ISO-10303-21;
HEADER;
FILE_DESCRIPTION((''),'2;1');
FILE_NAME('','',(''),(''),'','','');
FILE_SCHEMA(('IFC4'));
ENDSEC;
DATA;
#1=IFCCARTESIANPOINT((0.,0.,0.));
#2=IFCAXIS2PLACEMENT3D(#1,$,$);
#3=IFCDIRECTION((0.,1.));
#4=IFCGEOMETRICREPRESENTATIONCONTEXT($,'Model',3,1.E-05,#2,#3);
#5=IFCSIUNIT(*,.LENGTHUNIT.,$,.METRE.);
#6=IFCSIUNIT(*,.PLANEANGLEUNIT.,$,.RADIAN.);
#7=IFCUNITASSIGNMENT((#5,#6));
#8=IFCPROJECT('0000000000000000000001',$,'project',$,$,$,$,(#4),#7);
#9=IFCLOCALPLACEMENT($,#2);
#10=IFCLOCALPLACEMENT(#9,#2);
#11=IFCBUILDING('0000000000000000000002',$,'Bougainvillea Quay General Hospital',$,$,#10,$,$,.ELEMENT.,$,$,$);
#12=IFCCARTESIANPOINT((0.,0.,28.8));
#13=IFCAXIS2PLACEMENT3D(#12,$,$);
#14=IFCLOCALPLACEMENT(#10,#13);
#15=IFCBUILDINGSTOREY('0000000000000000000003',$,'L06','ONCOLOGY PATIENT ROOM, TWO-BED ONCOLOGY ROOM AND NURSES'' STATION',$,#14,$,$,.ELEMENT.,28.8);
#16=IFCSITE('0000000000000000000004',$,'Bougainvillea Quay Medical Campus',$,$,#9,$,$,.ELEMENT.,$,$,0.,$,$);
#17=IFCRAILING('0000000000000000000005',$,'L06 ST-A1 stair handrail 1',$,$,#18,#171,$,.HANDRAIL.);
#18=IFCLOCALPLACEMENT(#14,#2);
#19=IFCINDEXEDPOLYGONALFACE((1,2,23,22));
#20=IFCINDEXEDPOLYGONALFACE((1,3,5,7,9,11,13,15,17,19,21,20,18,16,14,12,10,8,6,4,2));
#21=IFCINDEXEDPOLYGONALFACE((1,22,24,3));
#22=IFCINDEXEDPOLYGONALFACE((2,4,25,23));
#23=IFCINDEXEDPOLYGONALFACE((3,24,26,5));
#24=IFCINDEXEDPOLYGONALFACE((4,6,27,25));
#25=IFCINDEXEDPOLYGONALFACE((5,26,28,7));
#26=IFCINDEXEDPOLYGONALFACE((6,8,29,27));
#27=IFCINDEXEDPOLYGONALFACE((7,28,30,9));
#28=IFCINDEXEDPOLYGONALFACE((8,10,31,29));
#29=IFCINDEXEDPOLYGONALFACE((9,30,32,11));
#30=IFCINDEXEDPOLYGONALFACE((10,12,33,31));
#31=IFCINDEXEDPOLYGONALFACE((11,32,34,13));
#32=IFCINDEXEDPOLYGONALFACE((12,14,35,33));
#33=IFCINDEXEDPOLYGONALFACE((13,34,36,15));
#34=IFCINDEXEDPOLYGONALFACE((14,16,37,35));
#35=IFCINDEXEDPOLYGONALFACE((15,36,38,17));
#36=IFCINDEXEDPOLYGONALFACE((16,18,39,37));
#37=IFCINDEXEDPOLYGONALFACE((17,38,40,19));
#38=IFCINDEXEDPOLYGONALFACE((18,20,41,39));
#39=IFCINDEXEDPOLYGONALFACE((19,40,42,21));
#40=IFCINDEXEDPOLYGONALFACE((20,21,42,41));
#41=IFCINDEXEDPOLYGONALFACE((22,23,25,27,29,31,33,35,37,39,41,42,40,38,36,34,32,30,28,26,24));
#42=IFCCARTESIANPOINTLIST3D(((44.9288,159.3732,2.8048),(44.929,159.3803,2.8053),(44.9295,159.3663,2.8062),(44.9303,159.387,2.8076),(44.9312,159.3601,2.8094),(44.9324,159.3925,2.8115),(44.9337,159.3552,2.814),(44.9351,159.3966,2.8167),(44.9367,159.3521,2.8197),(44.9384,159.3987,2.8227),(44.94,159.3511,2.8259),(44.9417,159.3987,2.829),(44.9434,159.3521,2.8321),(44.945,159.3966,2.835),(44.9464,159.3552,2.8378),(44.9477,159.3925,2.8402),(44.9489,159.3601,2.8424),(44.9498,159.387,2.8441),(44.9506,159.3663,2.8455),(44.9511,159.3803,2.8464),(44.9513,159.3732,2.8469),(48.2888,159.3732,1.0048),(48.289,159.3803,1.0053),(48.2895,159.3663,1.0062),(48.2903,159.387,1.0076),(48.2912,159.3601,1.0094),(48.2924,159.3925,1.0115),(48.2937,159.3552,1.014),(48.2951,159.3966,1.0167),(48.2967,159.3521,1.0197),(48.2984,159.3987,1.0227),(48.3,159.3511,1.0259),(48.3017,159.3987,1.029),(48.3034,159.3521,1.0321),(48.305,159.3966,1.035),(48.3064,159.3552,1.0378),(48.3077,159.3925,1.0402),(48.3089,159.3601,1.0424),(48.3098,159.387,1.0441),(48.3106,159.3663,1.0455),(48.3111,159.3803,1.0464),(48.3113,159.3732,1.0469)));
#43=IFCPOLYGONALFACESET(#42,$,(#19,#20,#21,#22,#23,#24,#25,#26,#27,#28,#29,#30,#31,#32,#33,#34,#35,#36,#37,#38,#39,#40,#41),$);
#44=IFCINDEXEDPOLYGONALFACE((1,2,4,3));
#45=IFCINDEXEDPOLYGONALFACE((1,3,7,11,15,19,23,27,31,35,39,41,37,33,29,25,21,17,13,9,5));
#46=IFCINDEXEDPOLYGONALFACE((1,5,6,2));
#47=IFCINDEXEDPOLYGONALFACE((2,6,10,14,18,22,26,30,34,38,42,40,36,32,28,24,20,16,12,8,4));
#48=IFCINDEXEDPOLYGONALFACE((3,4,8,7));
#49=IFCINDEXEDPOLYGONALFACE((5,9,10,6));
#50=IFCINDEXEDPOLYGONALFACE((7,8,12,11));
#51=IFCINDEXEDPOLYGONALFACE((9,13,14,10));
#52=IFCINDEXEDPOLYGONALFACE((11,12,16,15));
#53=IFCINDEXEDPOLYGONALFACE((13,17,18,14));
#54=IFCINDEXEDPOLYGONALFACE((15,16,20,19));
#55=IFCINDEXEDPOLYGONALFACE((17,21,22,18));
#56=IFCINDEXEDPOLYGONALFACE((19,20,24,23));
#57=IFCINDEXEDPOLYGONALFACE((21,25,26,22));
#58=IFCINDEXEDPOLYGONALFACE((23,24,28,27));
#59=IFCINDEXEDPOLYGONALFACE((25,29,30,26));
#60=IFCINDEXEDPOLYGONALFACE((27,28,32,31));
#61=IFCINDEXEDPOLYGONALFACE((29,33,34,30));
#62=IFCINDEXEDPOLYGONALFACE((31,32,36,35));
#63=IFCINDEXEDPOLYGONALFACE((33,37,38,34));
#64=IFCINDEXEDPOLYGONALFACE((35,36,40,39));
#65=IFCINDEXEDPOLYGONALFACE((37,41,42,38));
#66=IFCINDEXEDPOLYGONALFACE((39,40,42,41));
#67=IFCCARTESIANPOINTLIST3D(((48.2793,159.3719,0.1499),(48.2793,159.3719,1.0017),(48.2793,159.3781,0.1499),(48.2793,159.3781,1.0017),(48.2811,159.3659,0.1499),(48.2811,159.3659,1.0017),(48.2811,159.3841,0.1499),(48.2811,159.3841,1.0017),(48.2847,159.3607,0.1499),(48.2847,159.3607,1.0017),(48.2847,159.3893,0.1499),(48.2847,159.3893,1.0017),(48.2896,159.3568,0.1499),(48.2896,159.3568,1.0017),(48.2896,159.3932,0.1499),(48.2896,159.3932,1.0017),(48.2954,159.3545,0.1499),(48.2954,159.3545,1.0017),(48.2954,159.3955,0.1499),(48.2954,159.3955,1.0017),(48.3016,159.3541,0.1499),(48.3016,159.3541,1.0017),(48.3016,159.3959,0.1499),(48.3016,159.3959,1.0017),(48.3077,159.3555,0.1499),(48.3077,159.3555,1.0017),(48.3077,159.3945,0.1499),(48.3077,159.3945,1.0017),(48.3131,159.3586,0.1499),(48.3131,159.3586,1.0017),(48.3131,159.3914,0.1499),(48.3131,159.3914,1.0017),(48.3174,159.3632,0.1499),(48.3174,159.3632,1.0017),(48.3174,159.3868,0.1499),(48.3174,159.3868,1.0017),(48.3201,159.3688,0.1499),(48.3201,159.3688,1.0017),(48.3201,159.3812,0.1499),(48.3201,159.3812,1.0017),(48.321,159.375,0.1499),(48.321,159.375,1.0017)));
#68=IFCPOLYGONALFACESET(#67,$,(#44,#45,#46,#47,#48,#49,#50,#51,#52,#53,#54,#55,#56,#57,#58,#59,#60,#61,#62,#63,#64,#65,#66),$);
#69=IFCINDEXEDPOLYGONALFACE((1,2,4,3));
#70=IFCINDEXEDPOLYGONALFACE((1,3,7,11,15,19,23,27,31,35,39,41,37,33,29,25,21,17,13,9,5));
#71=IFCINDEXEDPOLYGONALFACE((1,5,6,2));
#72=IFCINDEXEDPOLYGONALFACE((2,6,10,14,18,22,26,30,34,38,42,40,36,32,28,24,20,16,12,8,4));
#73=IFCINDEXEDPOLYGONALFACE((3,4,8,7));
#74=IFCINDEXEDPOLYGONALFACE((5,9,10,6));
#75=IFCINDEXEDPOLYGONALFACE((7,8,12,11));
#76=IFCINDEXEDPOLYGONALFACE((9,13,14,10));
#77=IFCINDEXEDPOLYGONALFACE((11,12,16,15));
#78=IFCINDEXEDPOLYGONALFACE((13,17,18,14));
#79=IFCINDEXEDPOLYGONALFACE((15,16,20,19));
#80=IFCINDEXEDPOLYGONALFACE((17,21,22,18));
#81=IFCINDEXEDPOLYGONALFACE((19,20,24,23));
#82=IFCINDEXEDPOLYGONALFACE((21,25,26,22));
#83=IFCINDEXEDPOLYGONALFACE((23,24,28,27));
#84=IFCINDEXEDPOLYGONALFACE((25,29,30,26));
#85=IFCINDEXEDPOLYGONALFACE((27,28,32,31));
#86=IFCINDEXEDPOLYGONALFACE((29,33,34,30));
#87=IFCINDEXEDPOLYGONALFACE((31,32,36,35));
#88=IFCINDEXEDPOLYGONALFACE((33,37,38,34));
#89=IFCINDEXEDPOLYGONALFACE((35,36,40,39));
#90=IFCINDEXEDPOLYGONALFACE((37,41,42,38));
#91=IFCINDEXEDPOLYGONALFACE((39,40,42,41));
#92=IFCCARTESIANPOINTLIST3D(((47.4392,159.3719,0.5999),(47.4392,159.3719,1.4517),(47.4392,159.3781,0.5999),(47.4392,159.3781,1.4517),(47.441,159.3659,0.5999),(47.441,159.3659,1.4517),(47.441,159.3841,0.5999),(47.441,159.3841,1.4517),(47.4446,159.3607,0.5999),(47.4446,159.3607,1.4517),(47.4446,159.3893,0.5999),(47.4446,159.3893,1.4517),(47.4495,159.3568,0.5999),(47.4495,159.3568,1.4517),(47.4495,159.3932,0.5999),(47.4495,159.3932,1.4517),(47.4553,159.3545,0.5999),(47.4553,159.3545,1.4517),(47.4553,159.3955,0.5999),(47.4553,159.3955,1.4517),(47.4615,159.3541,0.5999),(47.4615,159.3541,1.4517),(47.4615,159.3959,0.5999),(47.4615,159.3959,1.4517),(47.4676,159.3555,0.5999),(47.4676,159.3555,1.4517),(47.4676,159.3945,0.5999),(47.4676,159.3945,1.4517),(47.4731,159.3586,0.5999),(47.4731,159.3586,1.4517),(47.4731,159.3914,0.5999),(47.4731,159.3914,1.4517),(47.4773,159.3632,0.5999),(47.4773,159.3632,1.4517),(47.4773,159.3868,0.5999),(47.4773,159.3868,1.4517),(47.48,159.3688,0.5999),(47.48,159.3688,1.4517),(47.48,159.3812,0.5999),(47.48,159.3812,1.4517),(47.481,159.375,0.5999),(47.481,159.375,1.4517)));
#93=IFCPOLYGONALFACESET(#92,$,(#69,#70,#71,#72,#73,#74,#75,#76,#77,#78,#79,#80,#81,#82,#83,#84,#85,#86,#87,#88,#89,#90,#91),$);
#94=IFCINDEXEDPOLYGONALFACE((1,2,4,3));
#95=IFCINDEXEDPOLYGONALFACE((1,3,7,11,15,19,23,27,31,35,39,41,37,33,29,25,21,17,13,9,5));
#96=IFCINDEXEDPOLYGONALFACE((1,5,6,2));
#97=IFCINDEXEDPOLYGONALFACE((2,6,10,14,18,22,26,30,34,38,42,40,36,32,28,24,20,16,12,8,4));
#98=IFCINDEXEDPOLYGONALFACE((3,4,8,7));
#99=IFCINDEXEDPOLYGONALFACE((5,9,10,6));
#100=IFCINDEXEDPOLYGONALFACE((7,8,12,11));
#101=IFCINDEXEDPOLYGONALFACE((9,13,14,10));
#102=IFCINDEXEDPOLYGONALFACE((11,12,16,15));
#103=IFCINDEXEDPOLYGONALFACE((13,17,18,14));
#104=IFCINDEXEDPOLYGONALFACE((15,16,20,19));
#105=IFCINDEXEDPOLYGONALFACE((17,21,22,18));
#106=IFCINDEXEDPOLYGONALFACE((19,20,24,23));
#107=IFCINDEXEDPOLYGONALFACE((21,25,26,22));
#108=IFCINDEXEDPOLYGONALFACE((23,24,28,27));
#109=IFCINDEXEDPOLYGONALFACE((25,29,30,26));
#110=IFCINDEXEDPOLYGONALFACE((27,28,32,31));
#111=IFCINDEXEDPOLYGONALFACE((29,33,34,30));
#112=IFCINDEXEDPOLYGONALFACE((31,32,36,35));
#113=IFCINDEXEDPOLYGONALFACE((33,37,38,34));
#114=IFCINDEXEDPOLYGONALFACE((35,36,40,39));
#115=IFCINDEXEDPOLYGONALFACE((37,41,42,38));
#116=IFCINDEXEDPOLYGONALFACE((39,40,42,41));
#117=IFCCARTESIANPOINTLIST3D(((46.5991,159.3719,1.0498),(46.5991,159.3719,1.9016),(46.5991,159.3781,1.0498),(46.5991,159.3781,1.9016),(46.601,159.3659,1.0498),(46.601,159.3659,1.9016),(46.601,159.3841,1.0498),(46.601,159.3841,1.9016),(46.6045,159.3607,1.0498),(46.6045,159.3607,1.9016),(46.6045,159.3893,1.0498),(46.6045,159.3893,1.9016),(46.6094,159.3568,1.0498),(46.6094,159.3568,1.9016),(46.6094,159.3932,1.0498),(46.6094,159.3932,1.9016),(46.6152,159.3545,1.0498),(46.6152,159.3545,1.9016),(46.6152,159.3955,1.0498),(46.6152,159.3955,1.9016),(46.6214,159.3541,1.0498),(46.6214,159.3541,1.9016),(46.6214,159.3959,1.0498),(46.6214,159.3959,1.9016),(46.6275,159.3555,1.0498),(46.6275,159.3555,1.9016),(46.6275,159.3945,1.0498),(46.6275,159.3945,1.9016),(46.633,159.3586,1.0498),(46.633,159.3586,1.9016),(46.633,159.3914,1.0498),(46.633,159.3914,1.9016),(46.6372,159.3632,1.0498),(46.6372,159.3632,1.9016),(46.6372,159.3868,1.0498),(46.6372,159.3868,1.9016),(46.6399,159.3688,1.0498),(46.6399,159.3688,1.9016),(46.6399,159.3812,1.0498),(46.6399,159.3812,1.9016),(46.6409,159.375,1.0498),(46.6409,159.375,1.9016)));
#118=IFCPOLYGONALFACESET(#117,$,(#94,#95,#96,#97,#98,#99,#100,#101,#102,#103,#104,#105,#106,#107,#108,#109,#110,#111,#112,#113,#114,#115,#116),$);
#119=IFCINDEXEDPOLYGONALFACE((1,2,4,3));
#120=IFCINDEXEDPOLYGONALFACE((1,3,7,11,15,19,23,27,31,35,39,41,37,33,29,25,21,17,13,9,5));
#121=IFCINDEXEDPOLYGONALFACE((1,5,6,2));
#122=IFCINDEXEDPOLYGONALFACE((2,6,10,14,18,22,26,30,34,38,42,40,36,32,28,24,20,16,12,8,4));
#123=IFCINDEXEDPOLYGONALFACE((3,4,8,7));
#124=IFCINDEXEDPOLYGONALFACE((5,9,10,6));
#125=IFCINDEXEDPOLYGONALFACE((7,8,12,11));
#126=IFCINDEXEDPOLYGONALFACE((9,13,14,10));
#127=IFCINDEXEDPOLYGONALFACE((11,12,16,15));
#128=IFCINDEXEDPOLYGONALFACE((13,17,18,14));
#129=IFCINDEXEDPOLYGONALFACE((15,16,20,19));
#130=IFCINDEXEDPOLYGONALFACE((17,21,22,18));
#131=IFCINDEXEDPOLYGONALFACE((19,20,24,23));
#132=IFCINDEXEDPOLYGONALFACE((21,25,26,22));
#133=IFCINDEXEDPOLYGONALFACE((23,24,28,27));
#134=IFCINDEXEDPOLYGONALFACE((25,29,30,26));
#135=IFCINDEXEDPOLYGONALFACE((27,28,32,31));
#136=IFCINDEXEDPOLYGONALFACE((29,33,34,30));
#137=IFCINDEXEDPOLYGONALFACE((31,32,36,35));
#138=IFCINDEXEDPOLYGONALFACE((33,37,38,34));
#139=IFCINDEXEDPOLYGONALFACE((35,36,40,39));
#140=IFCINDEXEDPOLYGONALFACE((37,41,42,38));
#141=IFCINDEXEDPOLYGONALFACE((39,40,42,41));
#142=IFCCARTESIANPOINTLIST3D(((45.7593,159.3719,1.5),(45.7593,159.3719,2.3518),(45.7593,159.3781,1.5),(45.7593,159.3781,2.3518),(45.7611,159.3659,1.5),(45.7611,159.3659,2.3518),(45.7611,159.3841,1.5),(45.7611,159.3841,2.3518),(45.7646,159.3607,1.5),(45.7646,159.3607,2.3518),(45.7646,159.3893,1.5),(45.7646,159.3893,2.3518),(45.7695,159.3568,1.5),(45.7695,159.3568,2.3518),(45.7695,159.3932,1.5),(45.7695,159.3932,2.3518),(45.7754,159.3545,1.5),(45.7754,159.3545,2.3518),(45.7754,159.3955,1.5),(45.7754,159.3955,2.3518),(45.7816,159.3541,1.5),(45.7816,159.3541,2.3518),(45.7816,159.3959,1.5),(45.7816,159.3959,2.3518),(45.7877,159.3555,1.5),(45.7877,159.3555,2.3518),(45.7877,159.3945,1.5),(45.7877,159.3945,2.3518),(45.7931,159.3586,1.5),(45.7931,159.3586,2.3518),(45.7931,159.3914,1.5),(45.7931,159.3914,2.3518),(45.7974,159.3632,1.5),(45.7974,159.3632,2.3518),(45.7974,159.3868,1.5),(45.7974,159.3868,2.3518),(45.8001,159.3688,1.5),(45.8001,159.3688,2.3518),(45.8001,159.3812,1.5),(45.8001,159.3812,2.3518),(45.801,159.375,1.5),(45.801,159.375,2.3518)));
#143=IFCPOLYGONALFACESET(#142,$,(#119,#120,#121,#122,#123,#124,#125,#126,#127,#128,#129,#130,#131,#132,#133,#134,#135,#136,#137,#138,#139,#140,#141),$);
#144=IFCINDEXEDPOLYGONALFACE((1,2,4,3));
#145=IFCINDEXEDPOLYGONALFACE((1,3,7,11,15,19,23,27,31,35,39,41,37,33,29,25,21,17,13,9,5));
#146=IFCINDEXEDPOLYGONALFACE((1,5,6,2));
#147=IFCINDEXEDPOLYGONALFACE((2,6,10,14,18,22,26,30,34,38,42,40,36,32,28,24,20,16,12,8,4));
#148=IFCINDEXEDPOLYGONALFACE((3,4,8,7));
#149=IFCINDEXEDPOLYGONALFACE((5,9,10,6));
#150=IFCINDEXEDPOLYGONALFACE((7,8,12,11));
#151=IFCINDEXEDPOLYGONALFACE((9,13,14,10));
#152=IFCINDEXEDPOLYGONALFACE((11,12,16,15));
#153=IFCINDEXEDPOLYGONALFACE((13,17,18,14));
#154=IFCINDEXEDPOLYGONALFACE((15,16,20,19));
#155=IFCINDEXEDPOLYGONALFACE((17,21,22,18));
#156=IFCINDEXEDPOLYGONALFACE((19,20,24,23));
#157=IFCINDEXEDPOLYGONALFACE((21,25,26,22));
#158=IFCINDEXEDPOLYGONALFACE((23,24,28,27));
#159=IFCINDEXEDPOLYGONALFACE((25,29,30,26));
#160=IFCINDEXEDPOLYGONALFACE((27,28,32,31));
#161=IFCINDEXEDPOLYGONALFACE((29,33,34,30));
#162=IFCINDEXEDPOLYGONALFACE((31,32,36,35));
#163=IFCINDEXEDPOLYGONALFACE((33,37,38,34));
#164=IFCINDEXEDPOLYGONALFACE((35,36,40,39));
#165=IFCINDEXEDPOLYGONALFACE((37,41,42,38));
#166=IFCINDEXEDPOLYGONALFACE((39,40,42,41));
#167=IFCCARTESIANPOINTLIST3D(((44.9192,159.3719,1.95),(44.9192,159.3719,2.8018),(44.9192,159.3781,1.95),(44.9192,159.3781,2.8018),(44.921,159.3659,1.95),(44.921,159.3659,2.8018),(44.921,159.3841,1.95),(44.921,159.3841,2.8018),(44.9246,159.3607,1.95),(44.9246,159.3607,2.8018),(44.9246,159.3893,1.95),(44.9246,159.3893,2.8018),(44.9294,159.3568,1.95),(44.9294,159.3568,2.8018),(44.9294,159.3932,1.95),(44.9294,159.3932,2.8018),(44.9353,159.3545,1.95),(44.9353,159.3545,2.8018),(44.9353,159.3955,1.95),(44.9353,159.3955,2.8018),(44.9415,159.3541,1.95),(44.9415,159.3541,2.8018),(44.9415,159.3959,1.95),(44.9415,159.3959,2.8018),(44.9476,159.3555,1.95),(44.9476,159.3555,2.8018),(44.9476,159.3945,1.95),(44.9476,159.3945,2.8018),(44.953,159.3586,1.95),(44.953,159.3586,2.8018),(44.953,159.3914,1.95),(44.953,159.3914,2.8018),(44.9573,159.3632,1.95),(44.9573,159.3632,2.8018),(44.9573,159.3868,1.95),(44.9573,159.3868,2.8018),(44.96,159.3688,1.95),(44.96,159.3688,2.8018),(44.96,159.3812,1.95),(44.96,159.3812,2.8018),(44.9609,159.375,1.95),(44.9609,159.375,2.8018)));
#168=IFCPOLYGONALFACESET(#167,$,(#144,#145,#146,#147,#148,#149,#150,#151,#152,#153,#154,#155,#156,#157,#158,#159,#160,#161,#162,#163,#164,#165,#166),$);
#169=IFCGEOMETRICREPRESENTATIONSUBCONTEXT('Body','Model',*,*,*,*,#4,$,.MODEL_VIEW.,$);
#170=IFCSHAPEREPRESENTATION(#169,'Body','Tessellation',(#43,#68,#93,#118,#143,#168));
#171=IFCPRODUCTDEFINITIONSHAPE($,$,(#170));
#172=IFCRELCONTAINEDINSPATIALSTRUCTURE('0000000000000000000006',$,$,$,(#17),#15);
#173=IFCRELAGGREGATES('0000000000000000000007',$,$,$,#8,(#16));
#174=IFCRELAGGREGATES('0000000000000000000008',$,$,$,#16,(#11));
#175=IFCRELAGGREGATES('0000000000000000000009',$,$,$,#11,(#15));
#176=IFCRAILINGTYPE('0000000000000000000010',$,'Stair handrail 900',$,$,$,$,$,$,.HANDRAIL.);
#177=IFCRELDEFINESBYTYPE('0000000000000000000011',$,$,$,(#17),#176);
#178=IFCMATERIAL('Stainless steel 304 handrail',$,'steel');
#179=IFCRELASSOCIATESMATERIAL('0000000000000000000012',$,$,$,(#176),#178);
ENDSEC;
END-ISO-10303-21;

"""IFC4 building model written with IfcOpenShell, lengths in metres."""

from ifc_helpers import new_model, si_unit, direction, frame, origin, origin_2d, place, context, subcontext, project, spatial, circle, extrude, material, type_object, element, save


model = new_model("IFC4")

# Units and contexts
model_context = context("Model", 3, precision=1e-05, world=origin(), true_north=direction((0.0, 1.0)))
body_context = subcontext(model_context, "Body", "Model", "MODEL_VIEW")
ifc_project = project(units=[si_unit("LENGTHUNIT", "METRE"), si_unit("PLANEANGLEUNIT", "RADIAN")], contexts=[model_context])

# Site, building, storey
site_placement = place(None, origin())
site = spatial("IfcSite", under=ifc_project, at=site_placement, Name="Bougainvillea Quay Medical Campus", CompositionType="ELEMENT", RefElevation=0.0)
building_placement = place(site_placement, origin())
building = spatial("IfcBuilding", under=site, at=building_placement, Name="Bougainvillea Quay General Hospital", CompositionType="ELEMENT")
storey_placement = place(building_placement, frame((0.0, 0.0, 28.8)))
storey = spatial("IfcBuildingStorey", under=building, at=storey_placement, Name="L06", Description="ONCOLOGY PATIENT ROOM, TWO-BED ONCOLOGY ROOM AND NURSES' STATION", CompositionType="ELEMENT", Elevation=28.8)

# Railing
ifc_material_1 = material(Name="Stainless steel 304 handrail", Category="steel")
railing_type_1 = type_object("IfcRailingType", Name="Stair handrail 900", PredefinedType="HANDRAIL", material=ifc_material_1)
railing_1_placement = place(storey_placement, frame((48.3, 159.375, 0.1499)))
element("IfcRailing", 1, at=railing_1_placement, inside=storey, type_object=railing_type_1, Name="L06 ST-A1 stair handrail 1", PredefinedType="HANDRAIL", context=body_context, shape_type="SweptSolid", body=[
    extrude(circle(Radius=0.0239, at=origin_2d()), frame((0.0, 0.0, 0.876), z_axis=(-0.881481, 0.0, 0.47222), x_axis=(0.0, -1.0, 0.0)), (0.0, 0.0, 1.0), 3.8118),
    extrude(circle(Radius=0.021, at=origin_2d()), origin(), (0.0, 0.0, 1.0), 0.8518),
    extrude(circle(Radius=0.021, at=origin_2d()), frame((-0.8401, 0.0, 0.45)), (0.0, 0.0, 1.0), 0.8518),
    extrude(circle(Radius=0.021, at=origin_2d()), frame((-1.6802, 0.0, 0.8999)), (0.0, 0.0, 1.0), 0.8518),
    extrude(circle(Radius=0.021, at=origin_2d()), frame((-2.52, 0.0, 1.3501)), (0.0, 0.0, 1.0), 0.8518),
    extrude(circle(Radius=0.021, at=origin_2d()), frame((-3.3601, 0.0, 1.8)), (0.0, 0.0, 1.0), 0.8518),
])

save(model, "model.ifc")
